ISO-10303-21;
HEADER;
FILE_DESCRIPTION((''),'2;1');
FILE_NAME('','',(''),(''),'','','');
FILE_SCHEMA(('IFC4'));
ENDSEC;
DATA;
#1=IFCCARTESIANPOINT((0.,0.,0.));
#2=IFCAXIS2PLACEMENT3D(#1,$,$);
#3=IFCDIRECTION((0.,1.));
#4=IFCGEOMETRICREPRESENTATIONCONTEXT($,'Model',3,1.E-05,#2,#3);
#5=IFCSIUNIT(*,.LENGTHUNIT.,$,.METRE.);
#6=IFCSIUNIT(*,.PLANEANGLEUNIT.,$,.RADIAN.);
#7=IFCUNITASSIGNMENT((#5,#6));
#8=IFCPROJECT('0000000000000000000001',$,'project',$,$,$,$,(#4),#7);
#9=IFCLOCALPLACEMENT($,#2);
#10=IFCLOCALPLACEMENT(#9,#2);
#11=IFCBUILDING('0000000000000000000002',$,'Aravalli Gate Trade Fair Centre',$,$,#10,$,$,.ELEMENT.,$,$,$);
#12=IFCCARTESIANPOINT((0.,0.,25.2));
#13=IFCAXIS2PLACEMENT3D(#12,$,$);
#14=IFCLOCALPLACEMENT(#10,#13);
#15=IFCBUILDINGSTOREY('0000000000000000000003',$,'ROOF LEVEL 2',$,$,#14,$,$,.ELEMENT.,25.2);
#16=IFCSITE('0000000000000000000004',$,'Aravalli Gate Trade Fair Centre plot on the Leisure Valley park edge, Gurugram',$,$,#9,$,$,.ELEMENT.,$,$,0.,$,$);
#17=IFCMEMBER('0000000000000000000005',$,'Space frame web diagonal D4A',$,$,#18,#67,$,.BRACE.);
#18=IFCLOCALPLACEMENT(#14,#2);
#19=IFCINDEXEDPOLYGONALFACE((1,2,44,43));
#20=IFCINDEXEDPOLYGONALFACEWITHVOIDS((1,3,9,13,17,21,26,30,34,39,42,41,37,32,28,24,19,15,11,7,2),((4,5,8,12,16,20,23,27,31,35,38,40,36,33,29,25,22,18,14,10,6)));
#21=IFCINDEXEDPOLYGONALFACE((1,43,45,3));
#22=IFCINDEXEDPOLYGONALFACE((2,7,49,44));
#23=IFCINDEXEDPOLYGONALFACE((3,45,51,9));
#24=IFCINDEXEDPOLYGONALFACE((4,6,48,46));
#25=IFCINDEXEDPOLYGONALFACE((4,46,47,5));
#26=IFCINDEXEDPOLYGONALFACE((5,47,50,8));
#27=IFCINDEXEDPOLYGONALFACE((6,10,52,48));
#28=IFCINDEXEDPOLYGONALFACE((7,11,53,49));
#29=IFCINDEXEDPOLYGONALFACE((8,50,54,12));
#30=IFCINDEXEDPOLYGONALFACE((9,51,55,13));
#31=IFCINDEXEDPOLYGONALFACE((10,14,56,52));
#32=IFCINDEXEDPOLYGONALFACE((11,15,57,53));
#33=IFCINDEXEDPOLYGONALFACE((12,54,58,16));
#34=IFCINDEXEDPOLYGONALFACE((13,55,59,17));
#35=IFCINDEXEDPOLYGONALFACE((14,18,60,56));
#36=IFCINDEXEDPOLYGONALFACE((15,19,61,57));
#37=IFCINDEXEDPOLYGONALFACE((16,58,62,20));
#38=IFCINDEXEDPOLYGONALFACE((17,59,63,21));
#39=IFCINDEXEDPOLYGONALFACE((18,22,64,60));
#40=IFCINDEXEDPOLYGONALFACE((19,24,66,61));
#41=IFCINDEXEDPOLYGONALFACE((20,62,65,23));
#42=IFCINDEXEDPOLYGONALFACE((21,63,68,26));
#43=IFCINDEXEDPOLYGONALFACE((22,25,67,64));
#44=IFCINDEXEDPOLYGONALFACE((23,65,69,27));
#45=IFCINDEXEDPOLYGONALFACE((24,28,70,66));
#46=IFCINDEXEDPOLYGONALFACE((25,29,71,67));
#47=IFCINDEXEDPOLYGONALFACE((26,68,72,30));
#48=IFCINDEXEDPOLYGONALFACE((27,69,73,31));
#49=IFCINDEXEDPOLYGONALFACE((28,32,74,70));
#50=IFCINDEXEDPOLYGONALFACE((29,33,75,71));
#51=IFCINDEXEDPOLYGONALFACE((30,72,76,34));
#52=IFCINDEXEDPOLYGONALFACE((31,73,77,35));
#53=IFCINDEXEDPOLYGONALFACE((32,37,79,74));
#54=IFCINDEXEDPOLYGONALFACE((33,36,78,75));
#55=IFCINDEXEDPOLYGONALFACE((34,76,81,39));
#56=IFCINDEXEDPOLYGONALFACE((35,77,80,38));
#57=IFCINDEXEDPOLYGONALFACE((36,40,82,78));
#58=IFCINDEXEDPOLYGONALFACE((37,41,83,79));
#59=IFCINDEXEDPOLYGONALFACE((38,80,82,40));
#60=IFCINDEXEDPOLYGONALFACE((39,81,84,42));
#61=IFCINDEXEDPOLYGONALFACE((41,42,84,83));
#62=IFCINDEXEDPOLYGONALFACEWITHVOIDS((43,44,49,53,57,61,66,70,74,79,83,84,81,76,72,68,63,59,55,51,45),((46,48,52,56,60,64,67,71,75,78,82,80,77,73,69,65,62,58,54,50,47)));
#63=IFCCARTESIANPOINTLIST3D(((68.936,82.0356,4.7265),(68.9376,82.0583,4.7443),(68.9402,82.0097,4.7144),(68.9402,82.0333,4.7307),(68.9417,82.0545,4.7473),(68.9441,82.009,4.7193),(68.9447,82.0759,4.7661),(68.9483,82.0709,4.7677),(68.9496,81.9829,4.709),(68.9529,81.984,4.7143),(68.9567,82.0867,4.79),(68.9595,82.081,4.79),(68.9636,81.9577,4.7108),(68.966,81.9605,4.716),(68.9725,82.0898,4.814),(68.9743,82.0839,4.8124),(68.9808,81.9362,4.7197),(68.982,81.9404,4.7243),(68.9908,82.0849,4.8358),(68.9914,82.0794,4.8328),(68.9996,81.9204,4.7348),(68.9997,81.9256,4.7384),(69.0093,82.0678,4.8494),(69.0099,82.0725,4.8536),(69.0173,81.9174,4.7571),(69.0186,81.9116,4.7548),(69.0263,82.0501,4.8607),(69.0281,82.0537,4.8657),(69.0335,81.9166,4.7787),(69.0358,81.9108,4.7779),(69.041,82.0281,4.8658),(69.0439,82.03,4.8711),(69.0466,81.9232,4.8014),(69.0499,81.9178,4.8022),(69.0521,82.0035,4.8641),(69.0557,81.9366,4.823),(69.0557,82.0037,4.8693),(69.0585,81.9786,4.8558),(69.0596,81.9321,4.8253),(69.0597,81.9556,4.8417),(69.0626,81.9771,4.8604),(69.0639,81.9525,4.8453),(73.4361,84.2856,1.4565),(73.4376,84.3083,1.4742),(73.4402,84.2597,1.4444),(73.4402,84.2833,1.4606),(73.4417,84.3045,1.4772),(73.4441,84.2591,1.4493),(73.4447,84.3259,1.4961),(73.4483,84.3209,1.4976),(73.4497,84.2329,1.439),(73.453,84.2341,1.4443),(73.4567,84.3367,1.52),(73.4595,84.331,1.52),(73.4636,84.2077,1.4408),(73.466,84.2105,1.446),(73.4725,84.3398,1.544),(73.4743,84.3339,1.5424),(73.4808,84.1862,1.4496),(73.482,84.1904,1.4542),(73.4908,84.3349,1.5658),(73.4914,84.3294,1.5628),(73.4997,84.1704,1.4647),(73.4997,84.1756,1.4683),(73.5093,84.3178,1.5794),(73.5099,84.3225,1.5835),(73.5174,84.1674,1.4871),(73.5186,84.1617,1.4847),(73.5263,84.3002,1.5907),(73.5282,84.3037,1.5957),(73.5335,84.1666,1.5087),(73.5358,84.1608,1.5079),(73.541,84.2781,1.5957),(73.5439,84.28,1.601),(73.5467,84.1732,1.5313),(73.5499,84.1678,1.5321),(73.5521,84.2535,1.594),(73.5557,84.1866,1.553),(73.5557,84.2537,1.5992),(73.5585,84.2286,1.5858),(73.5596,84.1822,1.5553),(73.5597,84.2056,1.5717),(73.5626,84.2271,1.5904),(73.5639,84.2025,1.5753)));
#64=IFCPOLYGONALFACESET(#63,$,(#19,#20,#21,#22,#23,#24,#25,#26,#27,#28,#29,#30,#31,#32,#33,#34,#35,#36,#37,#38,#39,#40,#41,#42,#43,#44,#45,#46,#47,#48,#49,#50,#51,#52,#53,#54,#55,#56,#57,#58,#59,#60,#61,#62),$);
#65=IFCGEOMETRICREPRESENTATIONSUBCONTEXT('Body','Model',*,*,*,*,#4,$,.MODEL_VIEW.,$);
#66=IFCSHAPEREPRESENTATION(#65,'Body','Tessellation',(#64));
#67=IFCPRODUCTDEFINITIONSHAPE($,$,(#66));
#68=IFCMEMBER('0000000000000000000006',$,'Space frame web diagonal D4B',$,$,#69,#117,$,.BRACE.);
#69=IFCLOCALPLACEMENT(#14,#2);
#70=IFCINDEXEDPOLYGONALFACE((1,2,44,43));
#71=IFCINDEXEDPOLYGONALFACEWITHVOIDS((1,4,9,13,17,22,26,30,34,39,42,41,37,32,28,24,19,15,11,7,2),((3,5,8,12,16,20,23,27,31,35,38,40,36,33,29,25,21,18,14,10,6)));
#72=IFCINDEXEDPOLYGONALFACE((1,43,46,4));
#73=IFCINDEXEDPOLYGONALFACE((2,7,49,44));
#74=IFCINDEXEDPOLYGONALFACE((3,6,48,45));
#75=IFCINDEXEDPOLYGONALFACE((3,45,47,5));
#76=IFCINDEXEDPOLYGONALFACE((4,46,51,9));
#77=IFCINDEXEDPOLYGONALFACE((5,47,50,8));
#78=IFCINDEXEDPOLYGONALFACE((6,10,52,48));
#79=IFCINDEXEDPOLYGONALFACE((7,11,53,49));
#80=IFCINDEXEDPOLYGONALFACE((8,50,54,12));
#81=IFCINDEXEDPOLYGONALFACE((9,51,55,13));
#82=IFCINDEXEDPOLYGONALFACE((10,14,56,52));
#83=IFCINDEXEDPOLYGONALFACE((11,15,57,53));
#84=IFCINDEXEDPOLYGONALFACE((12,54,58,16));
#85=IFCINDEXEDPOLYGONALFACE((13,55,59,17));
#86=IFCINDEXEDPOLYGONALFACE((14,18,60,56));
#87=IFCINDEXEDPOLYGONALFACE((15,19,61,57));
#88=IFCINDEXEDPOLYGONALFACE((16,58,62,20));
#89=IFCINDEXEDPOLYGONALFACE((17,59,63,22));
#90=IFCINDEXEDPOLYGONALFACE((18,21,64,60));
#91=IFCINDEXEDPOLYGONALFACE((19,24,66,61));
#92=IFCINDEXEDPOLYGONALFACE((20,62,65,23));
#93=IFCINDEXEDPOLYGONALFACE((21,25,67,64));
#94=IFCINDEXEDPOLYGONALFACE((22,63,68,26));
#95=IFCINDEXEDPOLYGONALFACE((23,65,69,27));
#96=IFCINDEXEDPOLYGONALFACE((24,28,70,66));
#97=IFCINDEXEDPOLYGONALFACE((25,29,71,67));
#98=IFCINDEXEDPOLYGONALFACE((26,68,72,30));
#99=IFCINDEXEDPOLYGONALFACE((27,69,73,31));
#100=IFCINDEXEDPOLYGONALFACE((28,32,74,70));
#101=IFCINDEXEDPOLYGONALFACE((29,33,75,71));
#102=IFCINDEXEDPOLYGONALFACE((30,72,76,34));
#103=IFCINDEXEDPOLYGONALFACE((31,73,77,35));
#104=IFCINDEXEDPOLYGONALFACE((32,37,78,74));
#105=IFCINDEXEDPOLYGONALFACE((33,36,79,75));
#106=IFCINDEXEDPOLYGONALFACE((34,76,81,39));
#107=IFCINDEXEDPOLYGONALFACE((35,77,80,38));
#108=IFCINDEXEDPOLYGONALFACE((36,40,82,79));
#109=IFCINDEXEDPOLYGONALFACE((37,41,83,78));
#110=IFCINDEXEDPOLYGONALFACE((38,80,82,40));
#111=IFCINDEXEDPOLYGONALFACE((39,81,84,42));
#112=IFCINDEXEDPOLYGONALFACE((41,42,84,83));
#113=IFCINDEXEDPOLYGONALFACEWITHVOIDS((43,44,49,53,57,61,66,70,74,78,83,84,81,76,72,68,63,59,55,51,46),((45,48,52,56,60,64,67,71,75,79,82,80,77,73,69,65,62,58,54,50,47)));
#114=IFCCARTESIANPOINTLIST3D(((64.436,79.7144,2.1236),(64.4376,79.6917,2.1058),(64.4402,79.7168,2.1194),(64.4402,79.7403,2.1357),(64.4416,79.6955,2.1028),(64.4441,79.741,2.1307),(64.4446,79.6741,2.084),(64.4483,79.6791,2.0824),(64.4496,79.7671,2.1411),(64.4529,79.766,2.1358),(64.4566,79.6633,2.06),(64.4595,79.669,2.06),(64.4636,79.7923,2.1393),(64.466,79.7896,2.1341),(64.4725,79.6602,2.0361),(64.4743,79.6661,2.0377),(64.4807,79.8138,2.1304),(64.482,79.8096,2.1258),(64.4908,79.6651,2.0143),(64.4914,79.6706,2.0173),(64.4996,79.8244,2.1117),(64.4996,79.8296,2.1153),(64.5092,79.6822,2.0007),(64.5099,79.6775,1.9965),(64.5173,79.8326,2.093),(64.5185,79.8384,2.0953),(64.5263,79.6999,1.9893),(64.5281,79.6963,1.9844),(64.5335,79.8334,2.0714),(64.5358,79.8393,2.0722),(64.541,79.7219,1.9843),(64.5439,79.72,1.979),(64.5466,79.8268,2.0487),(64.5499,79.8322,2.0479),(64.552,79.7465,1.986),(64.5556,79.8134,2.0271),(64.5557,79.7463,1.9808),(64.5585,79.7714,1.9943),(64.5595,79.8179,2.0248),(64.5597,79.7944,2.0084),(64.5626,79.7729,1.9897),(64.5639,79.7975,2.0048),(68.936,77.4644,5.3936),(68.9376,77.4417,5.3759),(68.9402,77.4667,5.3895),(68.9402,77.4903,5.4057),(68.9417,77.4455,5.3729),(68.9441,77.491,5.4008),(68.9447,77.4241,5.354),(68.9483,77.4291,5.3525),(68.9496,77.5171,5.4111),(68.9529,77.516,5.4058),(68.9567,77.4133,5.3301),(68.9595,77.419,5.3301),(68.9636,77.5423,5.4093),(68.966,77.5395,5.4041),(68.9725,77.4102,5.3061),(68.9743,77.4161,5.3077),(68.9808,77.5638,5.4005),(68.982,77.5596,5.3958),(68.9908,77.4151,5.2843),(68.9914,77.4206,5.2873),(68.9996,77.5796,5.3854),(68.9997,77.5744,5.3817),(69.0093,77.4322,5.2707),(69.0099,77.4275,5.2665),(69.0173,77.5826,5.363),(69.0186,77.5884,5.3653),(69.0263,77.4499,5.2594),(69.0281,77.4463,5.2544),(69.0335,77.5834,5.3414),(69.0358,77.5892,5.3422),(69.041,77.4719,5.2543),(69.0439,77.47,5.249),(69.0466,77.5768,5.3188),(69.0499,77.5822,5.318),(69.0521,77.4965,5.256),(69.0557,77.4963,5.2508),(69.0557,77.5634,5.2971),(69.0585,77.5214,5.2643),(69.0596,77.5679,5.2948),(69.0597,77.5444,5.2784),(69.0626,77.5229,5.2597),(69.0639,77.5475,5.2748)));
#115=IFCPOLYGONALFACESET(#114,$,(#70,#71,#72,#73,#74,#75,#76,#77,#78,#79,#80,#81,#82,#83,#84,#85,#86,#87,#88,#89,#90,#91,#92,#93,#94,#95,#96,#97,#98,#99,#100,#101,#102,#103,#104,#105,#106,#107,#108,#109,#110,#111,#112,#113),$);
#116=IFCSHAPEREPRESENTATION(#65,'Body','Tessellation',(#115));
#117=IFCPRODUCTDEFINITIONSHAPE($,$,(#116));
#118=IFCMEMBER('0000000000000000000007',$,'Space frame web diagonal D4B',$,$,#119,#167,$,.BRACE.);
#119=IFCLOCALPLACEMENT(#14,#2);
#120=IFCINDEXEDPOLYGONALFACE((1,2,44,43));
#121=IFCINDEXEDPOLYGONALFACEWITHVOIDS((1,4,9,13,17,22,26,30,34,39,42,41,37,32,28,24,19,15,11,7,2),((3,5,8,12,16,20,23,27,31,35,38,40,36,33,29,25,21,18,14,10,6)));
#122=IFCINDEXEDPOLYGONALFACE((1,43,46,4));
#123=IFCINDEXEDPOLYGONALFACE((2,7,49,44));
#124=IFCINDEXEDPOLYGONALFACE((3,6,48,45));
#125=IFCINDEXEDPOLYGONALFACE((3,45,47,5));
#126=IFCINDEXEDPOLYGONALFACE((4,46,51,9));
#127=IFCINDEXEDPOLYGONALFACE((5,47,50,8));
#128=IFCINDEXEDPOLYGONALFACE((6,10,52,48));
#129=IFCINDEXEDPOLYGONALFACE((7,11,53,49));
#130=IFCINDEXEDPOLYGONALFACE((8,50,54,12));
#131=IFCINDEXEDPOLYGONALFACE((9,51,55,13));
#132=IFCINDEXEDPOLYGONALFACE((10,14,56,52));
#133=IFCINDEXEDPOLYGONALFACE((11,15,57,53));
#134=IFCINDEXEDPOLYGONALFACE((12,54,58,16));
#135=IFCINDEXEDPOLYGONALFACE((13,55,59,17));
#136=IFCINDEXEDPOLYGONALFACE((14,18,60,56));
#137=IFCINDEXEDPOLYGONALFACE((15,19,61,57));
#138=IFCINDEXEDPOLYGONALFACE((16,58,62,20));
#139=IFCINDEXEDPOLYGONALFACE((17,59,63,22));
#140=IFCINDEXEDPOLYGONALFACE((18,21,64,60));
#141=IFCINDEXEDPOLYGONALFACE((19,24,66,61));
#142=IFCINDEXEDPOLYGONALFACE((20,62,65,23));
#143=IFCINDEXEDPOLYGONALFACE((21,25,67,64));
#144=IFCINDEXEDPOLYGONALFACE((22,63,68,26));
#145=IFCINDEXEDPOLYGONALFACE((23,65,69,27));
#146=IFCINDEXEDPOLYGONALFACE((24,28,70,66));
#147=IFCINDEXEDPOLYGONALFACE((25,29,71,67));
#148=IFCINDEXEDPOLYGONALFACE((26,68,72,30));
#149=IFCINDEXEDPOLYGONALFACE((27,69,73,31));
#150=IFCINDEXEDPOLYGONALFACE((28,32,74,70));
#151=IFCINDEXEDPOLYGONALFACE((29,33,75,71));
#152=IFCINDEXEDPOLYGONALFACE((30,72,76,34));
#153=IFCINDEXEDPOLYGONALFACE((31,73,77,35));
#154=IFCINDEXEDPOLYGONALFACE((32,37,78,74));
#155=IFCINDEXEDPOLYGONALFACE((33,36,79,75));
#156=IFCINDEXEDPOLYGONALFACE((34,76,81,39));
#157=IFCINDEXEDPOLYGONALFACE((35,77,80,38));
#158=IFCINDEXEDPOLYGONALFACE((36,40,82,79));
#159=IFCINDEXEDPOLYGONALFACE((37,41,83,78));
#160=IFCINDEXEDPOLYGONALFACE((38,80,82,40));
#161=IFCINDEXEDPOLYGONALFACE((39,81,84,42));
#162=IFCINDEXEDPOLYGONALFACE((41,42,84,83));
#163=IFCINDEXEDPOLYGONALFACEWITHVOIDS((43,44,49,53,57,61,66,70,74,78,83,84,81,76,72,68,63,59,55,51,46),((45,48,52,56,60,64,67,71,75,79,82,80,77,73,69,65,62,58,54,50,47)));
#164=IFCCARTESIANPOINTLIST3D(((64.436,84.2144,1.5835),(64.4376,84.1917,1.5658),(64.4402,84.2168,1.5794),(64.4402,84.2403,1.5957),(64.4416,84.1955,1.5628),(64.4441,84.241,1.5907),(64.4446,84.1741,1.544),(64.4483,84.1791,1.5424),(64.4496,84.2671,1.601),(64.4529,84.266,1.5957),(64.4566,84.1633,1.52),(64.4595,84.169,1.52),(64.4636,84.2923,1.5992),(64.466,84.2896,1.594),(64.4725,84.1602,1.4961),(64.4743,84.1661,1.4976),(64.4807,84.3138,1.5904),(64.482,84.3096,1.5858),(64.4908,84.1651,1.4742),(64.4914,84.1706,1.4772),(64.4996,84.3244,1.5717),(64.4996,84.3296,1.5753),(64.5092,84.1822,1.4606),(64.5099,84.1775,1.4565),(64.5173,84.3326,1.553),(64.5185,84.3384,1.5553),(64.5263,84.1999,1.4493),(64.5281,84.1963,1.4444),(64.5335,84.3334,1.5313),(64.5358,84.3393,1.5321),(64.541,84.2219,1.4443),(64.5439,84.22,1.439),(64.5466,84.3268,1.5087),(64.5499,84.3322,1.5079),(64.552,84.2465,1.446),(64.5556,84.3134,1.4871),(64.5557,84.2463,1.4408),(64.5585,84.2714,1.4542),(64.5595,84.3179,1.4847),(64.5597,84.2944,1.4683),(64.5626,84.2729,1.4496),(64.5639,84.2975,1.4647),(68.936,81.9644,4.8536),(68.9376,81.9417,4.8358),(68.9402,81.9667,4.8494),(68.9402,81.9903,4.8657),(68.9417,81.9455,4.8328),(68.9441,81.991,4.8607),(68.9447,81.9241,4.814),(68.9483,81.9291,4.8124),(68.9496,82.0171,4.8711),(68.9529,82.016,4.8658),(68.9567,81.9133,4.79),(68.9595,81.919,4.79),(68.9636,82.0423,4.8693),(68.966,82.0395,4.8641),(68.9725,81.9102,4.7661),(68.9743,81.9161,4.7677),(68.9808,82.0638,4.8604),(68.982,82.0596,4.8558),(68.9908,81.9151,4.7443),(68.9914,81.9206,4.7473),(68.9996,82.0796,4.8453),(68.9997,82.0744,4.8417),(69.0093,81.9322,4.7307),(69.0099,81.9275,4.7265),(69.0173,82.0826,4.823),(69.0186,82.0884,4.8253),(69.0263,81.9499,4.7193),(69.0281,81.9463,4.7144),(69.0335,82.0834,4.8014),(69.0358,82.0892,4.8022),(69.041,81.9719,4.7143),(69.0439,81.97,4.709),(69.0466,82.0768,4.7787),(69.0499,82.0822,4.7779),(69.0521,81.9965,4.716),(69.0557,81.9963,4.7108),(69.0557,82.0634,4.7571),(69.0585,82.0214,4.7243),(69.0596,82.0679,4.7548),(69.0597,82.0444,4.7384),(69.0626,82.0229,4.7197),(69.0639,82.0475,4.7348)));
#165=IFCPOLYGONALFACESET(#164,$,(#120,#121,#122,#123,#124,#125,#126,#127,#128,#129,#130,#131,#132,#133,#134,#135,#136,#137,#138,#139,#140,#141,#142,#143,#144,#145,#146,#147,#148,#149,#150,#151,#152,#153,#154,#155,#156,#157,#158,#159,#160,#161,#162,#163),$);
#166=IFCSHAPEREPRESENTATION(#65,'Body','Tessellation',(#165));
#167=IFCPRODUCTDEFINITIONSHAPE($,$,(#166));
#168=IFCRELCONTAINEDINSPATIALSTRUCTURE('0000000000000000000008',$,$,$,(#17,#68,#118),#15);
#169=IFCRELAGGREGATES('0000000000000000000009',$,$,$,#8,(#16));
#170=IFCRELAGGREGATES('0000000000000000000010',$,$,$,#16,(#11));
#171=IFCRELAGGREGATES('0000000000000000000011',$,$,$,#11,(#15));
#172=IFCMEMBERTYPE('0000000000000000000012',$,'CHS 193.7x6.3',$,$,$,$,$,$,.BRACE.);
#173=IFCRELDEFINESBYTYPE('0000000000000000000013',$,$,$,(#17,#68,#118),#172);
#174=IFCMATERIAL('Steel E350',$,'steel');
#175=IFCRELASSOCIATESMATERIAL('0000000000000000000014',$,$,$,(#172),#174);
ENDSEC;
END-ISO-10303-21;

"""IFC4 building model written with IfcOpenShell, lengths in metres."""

from ifc_helpers import new_model, si_unit, direction, frame, origin, origin_2d, place, context, subcontext, project, spatial, hollow_circle, extrude, material, material_profile, profile_set, type_object, element, save


model = new_model("IFC4")

# Units and contexts
model_context = context("Model", 3, precision=1e-05, world=origin(), true_north=direction((0.0, 1.0)))
body_context = subcontext(model_context, "Body", "Model", "MODEL_VIEW")
ifc_project = project(units=[si_unit("LENGTHUNIT", "METRE"), si_unit("PLANEANGLEUNIT", "RADIAN")], contexts=[model_context])

# Site, building, storey
site_placement = place(None, origin())
site = spatial("IfcSite", under=ifc_project, at=site_placement, Name="Aravalli Gate Trade Fair Centre plot on the Leisure Valley park edge, Gurugram", CompositionType="ELEMENT", RefElevation=0.0)
building_placement = place(site_placement, origin())
building = spatial("IfcBuilding", under=site, at=building_placement, Name="Aravalli Gate Trade Fair Centre", CompositionType="ELEMENT")
storey_placement = place(building_placement, frame((0.0, 0.0, 25.2)))
storey = spatial("IfcBuildingStorey", under=building, at=storey_placement, Name="ROOF LEVEL 2", CompositionType="ELEMENT", Elevation=25.2)

# Members
ifc_material_1 = material(Name="Steel E350", Category="steel")
ifc_material_profile_1 = material_profile(ifc_material_1, hollow_circle(Radius=0.0969, WallThickness=0.0063, at=origin_2d()), Name="CHS 193.7x6.3")
ifc_profile_set_1 = profile_set([ifc_material_profile_1], Name="Steel E350")
member_type_1 = type_object("IfcMemberType", Name="CHS 193.7x6.3", PredefinedType="BRACE", material=ifc_profile_set_1)
for number, where, z_axis, x_axis, name in (
    (1, (69.0, 82.0, 4.79), (0.749942, 0.374971, -0.544961), (-0.447214, 0.894427, 0.0), "Space frame web diagonal D4A"),
    (2, (69.0, 77.5, 5.3301), (-0.749942, 0.374971, -0.544961), (-0.447214, -0.894427, 0.0), "Space frame web diagonal D4B"),
    (3, (69.0, 82.0, 4.79), (-0.749942, 0.374971, -0.544961), (-0.447214, -0.894427, 0.0), "Space frame web diagonal D4B"),
):
    element("IfcMember", number, at=place(storey_placement, frame(where, z_axis=z_axis, x_axis=x_axis)), inside=storey, type_object=member_type_1, Name=name, PredefinedType="BRACE", context=body_context, shape_type="SweptSolid", body=[
        extrude(hollow_circle(Radius=0.0969, WallThickness=0.0063, at=origin_2d()), origin(), (0.0, 0.0, 1.0), 6.0005),
    ])

save(model, "model.ifc")
